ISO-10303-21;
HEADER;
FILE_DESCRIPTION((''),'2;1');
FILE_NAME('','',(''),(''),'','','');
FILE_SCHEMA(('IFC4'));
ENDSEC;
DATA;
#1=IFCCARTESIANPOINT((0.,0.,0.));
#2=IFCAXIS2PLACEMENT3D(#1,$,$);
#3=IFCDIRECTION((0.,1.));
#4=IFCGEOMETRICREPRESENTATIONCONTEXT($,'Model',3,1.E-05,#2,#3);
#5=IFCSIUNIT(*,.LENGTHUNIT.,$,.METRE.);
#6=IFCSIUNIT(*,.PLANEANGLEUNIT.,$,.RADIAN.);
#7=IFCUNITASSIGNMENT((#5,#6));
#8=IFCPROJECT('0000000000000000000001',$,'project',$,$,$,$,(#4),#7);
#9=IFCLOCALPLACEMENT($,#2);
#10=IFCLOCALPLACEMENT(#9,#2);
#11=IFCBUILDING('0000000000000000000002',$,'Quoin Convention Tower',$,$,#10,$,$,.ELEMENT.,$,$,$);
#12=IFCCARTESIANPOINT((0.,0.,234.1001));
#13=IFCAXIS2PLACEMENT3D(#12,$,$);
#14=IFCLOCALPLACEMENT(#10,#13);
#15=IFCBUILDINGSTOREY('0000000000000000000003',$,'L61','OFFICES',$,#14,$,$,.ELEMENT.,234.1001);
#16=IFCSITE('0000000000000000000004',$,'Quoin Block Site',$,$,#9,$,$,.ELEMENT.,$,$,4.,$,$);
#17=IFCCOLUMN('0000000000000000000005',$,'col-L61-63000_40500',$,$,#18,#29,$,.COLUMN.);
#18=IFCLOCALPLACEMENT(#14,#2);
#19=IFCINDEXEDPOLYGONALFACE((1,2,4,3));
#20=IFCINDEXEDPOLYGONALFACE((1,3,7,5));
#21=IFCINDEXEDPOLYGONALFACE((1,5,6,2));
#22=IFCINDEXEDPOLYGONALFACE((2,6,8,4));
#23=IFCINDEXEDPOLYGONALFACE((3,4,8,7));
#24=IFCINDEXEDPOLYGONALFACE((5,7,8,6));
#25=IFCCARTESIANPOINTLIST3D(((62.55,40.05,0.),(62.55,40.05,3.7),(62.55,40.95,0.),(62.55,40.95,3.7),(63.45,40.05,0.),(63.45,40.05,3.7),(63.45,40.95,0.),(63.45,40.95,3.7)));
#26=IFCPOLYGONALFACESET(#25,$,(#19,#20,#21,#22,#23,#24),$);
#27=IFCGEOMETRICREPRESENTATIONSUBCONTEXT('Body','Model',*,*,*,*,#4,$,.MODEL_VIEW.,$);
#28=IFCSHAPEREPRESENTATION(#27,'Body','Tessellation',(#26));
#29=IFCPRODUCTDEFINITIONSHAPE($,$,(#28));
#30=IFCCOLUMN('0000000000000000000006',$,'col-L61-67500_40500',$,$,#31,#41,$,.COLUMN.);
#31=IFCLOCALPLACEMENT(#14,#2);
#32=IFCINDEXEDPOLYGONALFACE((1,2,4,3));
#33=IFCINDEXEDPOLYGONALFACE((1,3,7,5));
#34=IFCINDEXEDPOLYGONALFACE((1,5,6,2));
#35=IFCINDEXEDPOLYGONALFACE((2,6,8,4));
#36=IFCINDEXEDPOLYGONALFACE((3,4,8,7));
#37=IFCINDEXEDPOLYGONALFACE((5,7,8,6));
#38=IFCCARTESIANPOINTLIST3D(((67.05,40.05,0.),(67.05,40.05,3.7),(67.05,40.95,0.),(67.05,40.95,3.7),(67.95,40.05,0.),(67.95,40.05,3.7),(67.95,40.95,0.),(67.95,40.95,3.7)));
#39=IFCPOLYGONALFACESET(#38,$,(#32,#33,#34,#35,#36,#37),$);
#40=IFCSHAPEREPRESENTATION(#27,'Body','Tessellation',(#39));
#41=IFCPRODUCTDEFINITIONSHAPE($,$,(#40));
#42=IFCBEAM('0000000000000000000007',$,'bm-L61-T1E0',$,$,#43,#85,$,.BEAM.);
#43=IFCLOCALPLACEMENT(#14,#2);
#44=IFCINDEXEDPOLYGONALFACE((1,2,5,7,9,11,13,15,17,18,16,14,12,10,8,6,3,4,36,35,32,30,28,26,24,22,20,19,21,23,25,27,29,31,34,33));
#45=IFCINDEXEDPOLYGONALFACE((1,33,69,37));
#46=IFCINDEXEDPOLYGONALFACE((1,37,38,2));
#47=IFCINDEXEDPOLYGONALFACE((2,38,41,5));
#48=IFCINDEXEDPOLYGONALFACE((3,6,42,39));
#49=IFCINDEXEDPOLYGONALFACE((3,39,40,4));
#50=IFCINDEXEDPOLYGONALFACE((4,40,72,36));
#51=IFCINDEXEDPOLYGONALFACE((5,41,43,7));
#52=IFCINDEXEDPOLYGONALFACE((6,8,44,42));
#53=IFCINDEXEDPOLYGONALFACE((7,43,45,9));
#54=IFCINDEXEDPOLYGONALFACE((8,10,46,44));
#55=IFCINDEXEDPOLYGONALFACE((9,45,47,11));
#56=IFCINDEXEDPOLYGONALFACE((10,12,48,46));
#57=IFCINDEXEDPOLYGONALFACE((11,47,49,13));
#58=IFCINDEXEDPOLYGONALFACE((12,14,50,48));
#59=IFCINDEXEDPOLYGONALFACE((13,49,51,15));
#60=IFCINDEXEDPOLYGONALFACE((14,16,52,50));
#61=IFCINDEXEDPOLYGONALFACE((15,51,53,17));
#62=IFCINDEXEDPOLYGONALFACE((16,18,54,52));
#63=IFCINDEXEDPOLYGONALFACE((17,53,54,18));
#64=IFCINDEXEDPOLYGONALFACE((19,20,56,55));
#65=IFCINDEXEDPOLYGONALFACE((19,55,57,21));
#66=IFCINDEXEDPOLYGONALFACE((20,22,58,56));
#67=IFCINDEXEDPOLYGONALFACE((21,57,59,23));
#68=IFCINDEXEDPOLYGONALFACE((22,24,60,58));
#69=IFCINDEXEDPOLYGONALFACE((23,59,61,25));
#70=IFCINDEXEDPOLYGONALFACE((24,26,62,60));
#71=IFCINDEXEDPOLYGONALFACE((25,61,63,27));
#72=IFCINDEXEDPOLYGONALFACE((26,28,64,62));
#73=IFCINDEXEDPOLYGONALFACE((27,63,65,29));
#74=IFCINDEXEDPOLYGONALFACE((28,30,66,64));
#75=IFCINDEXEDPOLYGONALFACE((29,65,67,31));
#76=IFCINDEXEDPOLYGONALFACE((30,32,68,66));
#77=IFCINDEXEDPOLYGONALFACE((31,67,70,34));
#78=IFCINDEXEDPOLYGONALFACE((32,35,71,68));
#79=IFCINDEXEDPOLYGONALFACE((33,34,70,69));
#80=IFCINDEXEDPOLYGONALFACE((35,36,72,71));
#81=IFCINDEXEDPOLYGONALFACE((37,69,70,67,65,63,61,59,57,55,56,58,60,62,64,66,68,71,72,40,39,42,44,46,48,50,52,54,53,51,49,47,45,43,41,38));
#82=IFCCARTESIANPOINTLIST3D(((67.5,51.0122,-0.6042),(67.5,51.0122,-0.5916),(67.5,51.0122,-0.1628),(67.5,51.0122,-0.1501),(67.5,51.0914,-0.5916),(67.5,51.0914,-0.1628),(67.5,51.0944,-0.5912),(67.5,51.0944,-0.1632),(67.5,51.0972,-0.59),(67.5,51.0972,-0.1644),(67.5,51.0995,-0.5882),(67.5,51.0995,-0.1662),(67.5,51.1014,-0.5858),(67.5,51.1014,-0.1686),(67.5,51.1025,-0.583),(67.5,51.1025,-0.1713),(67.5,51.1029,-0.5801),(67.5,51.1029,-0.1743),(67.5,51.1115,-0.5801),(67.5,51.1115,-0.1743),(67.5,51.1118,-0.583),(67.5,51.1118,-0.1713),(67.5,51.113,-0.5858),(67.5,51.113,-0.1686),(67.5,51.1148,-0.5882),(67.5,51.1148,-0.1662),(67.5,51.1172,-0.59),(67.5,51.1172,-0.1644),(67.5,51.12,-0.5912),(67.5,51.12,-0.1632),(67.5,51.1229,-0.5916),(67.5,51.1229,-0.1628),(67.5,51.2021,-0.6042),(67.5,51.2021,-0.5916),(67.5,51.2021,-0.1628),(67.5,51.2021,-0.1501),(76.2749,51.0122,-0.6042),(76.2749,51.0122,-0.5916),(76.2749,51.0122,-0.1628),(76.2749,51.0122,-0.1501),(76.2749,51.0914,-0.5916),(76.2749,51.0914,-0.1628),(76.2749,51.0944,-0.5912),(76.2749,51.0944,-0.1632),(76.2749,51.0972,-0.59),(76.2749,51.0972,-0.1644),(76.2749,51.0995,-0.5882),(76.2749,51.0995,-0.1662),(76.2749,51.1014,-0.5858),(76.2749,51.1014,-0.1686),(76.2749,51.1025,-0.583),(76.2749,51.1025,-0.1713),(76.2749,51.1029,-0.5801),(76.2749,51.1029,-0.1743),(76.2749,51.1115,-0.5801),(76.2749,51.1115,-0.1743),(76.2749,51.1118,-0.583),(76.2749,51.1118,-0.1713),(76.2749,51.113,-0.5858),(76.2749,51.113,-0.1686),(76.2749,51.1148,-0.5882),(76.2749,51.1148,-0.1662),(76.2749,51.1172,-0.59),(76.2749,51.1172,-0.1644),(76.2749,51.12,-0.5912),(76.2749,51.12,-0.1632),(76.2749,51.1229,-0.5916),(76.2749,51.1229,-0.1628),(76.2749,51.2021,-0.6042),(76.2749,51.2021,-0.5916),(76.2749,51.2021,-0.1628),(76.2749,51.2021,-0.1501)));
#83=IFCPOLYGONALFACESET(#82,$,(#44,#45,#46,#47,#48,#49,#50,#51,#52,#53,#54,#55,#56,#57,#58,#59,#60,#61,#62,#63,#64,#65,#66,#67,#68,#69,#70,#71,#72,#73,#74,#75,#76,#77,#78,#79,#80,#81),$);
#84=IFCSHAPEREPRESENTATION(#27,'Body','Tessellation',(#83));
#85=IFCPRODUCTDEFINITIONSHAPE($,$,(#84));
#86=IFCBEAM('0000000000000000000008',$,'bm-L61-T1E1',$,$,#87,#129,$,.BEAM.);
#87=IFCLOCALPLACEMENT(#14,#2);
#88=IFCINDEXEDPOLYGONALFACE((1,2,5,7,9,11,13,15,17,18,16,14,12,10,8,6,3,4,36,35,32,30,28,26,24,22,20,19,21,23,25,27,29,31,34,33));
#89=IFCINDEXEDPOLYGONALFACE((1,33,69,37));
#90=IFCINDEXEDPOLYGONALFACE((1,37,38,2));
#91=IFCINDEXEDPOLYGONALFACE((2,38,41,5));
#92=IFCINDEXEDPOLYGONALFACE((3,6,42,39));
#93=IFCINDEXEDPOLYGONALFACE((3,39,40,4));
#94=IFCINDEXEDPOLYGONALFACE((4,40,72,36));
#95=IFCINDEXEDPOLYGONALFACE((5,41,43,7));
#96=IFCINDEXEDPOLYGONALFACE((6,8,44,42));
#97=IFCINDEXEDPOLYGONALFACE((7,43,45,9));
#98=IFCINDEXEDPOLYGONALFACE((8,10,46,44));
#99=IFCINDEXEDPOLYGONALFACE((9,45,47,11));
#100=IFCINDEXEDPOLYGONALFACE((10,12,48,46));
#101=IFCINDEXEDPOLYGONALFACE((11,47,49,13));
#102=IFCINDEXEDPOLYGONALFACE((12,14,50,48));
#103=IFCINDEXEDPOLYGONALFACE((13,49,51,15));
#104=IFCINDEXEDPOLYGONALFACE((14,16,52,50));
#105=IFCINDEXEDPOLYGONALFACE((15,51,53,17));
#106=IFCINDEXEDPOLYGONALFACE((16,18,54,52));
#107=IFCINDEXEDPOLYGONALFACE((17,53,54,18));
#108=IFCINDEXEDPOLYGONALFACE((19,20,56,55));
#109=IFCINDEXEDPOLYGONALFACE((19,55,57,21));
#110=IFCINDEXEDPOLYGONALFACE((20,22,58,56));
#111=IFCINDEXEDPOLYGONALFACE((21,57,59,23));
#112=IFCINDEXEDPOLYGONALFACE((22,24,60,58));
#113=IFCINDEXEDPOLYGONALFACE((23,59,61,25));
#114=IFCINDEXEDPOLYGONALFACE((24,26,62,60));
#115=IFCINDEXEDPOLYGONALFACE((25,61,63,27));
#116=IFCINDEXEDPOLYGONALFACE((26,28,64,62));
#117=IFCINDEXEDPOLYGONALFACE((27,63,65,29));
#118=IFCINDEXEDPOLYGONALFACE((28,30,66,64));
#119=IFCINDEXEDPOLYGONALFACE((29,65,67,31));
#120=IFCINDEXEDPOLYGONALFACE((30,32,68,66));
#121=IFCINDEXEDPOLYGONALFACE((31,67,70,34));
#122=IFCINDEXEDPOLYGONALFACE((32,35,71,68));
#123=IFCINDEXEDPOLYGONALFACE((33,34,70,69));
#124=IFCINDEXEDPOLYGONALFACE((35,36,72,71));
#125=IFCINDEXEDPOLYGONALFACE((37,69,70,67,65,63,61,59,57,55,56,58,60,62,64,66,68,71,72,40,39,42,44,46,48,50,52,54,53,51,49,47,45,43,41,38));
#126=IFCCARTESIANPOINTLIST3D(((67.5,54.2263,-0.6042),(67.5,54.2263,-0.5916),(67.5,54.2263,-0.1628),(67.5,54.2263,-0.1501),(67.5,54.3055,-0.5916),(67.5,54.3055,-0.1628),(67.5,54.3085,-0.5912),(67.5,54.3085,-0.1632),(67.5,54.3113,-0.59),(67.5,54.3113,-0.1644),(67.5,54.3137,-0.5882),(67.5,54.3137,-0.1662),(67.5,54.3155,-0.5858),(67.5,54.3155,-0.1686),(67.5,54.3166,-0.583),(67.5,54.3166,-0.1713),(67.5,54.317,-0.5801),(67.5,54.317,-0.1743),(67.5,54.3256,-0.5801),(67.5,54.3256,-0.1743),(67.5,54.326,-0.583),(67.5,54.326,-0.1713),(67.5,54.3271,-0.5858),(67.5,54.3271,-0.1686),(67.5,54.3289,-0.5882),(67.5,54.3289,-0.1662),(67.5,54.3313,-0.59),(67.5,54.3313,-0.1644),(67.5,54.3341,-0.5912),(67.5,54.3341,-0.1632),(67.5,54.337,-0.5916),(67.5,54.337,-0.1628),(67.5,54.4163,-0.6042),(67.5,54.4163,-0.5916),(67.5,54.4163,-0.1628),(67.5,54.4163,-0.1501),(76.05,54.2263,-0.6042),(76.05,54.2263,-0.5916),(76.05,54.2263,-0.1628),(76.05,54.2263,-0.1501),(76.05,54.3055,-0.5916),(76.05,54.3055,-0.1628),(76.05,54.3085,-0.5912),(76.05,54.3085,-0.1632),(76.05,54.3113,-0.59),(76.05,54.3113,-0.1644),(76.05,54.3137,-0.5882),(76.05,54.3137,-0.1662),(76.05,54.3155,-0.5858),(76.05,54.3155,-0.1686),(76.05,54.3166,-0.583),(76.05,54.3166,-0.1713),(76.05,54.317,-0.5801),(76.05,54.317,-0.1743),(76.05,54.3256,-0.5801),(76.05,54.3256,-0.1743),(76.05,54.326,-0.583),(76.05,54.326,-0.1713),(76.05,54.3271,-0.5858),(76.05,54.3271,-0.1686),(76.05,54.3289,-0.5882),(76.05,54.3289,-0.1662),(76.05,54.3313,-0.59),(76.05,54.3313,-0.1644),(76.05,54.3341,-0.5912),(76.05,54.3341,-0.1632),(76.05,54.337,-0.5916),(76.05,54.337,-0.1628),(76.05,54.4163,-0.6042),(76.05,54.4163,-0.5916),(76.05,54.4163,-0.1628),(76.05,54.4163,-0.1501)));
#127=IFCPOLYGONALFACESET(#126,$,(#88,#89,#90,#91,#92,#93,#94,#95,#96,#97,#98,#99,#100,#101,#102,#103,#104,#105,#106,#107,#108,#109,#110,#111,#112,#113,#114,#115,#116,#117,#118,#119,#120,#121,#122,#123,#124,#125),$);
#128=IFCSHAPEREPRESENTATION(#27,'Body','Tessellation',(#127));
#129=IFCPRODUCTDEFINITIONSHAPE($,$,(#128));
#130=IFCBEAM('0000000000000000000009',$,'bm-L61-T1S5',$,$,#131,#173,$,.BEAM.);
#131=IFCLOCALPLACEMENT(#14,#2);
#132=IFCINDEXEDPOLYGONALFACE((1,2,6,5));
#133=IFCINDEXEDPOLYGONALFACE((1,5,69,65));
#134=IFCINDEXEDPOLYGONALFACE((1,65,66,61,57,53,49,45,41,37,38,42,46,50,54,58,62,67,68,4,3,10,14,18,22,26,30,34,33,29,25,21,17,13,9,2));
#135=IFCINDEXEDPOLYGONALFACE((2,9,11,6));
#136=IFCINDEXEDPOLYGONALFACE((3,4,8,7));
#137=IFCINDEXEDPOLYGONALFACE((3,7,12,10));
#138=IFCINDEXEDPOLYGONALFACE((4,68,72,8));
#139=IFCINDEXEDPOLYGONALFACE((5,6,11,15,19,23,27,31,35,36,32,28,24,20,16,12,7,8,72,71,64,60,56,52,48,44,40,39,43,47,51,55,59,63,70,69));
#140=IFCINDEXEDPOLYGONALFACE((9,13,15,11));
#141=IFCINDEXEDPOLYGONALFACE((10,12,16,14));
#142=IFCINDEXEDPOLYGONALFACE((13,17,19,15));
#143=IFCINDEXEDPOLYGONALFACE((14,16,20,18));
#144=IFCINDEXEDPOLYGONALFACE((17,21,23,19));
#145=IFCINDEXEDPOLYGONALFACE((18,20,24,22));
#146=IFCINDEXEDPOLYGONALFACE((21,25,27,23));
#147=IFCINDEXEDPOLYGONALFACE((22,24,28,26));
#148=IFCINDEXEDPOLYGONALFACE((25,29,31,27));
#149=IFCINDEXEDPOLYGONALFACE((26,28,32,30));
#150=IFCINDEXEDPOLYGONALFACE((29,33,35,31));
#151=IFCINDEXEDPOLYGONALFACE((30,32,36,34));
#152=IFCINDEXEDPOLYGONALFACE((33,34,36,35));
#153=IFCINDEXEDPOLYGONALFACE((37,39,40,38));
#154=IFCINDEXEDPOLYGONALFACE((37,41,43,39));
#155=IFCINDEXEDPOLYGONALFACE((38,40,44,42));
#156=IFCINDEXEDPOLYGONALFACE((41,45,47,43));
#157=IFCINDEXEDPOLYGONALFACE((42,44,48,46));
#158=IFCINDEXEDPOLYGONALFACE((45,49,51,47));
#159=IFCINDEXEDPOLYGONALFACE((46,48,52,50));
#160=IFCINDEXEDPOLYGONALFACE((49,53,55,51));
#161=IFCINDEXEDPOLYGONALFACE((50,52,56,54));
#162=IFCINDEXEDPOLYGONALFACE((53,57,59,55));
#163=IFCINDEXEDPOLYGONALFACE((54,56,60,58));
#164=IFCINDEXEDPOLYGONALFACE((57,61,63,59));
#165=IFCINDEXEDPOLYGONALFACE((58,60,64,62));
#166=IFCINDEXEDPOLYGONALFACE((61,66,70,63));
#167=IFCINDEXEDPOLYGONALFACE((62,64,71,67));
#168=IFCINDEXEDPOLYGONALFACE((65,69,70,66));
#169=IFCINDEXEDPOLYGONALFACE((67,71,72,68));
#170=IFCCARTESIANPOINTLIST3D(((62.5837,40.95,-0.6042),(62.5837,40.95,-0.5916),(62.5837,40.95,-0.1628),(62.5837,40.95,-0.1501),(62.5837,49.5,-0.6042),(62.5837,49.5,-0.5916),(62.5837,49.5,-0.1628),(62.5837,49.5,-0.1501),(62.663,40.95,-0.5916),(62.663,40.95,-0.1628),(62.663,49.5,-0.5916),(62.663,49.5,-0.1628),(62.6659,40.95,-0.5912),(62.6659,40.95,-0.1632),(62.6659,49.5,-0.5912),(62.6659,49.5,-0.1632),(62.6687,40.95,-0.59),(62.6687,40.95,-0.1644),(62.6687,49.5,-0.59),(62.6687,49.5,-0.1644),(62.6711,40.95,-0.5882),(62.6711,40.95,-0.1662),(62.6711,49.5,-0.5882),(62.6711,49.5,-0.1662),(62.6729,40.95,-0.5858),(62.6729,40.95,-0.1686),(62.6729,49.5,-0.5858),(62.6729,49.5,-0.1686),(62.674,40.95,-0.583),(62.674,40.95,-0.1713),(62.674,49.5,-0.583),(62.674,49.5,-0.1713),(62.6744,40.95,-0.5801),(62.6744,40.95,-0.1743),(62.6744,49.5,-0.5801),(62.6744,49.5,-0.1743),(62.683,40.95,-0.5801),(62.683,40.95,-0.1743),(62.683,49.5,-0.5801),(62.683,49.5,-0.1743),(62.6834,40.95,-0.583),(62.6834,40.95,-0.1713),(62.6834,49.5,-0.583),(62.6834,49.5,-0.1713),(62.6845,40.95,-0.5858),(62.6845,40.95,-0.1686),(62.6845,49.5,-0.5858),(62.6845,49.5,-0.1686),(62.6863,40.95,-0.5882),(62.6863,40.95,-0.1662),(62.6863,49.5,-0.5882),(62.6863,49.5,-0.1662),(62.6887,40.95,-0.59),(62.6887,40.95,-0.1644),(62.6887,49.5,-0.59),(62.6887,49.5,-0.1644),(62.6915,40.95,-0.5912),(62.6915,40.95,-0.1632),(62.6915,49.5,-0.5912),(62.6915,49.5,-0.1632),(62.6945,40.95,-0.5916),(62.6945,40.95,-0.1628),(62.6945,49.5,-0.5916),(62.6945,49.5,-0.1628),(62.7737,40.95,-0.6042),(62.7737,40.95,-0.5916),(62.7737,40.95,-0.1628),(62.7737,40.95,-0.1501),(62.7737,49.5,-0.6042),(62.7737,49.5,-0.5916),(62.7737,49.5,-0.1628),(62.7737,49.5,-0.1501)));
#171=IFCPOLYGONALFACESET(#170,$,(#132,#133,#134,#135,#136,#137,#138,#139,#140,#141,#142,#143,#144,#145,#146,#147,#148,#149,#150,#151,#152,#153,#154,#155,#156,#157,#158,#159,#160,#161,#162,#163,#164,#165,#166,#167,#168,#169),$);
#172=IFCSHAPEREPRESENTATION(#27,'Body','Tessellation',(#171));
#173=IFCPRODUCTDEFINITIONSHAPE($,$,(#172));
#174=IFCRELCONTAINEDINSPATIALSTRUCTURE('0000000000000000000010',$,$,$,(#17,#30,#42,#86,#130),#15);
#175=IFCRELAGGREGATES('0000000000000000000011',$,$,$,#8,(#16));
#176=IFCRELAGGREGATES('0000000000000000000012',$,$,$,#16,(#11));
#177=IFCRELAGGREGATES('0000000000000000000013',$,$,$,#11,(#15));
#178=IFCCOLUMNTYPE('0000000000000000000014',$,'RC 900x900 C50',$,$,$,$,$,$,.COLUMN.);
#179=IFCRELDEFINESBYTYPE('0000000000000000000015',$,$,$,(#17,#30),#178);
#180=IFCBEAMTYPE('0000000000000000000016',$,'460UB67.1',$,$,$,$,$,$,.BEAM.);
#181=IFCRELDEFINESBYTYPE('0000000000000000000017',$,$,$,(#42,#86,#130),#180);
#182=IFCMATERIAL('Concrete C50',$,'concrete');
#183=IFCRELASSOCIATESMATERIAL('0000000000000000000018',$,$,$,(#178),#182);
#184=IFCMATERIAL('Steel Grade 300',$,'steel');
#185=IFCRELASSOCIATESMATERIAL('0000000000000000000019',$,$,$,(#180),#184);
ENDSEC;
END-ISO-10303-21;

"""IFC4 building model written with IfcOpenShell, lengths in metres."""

from ifc_helpers import new_model, si_unit, direction, frame, origin, origin_2d, place, context, subcontext, project, spatial, rectangle, i_section, extrude, material, material_profile, profile_set, type_object, element, save


model = new_model("IFC4")

# Units and contexts
model_context = context("Model", 3, precision=1e-05, world=origin(), true_north=direction((0.0, 1.0)))
body_context = subcontext(model_context, "Body", "Model", "MODEL_VIEW")
ifc_project = project(units=[si_unit("LENGTHUNIT", "METRE"), si_unit("PLANEANGLEUNIT", "RADIAN")], contexts=[model_context])

# Site, building, storey
site_placement = place(None, origin())
site = spatial("IfcSite", under=ifc_project, at=site_placement, Name="Quoin Block Site", CompositionType="ELEMENT", RefElevation=4.0)
building_placement = place(site_placement, origin())
building = spatial("IfcBuilding", under=site, at=building_placement, Name="Quoin Convention Tower", CompositionType="ELEMENT")
storey_placement = place(building_placement, frame((0.0, 0.0, 234.1001)))
storey = spatial("IfcBuildingStorey", under=building, at=storey_placement, Name="L61", Description="OFFICES", CompositionType="ELEMENT", Elevation=234.1001)

# Columns
ifc_material_1 = material(Name="Concrete C50", Category="concrete")
ifc_material_profile_1 = material_profile(ifc_material_1, rectangle(XDim=0.8999, YDim=0.8999, at=origin_2d()), Name="RC 900x900")
ifc_profile_set_1 = profile_set([ifc_material_profile_1], Name="Concrete C50")
column_type = type_object("IfcColumnType", Name="RC 900x900 C50", PredefinedType="COLUMN", material=ifc_profile_set_1)
for number, where, z_axis, x_axis, name in (
    (1, (63.0, 40.5, 0.0), (0.0, 0.0, 1.0), (1.0, 0.0, 0.0), "col-L61-63000_40500"),
    (2, (67.5, 40.5, 0.0), (0.0, 0.0, 1.0), (1.0, 0.0, 0.0), "col-L61-67500_40500"),
):
    element("IfcColumn", number, at=place(storey_placement, frame(where, z_axis=z_axis, x_axis=x_axis)), inside=storey, type_object=column_type, Name=name, PredefinedType="COLUMN", context=body_context, shape_type="SweptSolid", body=[
        extrude(rectangle(XDim=0.8999, YDim=0.8999, at=origin_2d()), origin(), (0.0, 0.0, 1.0), 3.7),
    ])

# Beams
ifc_material_2 = material(Name="Steel Grade 300", Category="steel")
ifc_material_profile_2 = material_profile(ifc_material_2, i_section(OverallWidth=0.1899, OverallDepth=0.4541, WebThickness=0.0085, FlangeThickness=0.0127, FilletRadius=0.0115, at=origin_2d()), Name="460UB67.1")
ifc_profile_set_2 = profile_set([ifc_material_profile_2], Name="Steel Grade 300")
beam_type_1 = type_object("IfcBeamType", Name="460UB67.1", PredefinedType="BEAM", material=ifc_profile_set_2)
beam_1_placement = place(storey_placement, frame((67.5, 51.1072, -0.3772), z_axis=(1.0, 0.0, 0.0), x_axis=(0.0, 1.0, 0.0)))
element("IfcBeam", 3, at=beam_1_placement, inside=storey, type_object=beam_type_1, Name="bm-L61-T1E0", PredefinedType="BEAM", context=body_context, shape_type="SweptSolid", body=[
    extrude(i_section(OverallWidth=0.1899, OverallDepth=0.4541, WebThickness=0.0085, FlangeThickness=0.0127, FilletRadius=0.0115, at=origin_2d()), origin(), (0.0, 0.0, 1.0), 8.7749),
])
for number, where, z_axis, x_axis, name in (
    (4, (67.5, 54.3213, -0.3772), (1.0, 0.0, 0.0), (0.0, 1.0, 0.0), "bm-L61-T1E1"),
    (5, (62.6787, 40.95, -0.3772), (0.0, 1.0, 0.0), (-1.0, 0.0, 0.0), "bm-L61-T1S5"),
):
    element("IfcBeam", number, at=place(storey_placement, frame(where, z_axis=z_axis, x_axis=x_axis)), inside=storey, type_object=beam_type_1, Name=name, PredefinedType="BEAM", context=body_context, shape_type="SweptSolid", body=[
        extrude(i_section(OverallWidth=0.1899, OverallDepth=0.4541, WebThickness=0.0085, FlangeThickness=0.0127, FilletRadius=0.0115, at=origin_2d()), origin(), (0.0, 0.0, 1.0), 8.55),
    ])

save(model, "model.ifc")
